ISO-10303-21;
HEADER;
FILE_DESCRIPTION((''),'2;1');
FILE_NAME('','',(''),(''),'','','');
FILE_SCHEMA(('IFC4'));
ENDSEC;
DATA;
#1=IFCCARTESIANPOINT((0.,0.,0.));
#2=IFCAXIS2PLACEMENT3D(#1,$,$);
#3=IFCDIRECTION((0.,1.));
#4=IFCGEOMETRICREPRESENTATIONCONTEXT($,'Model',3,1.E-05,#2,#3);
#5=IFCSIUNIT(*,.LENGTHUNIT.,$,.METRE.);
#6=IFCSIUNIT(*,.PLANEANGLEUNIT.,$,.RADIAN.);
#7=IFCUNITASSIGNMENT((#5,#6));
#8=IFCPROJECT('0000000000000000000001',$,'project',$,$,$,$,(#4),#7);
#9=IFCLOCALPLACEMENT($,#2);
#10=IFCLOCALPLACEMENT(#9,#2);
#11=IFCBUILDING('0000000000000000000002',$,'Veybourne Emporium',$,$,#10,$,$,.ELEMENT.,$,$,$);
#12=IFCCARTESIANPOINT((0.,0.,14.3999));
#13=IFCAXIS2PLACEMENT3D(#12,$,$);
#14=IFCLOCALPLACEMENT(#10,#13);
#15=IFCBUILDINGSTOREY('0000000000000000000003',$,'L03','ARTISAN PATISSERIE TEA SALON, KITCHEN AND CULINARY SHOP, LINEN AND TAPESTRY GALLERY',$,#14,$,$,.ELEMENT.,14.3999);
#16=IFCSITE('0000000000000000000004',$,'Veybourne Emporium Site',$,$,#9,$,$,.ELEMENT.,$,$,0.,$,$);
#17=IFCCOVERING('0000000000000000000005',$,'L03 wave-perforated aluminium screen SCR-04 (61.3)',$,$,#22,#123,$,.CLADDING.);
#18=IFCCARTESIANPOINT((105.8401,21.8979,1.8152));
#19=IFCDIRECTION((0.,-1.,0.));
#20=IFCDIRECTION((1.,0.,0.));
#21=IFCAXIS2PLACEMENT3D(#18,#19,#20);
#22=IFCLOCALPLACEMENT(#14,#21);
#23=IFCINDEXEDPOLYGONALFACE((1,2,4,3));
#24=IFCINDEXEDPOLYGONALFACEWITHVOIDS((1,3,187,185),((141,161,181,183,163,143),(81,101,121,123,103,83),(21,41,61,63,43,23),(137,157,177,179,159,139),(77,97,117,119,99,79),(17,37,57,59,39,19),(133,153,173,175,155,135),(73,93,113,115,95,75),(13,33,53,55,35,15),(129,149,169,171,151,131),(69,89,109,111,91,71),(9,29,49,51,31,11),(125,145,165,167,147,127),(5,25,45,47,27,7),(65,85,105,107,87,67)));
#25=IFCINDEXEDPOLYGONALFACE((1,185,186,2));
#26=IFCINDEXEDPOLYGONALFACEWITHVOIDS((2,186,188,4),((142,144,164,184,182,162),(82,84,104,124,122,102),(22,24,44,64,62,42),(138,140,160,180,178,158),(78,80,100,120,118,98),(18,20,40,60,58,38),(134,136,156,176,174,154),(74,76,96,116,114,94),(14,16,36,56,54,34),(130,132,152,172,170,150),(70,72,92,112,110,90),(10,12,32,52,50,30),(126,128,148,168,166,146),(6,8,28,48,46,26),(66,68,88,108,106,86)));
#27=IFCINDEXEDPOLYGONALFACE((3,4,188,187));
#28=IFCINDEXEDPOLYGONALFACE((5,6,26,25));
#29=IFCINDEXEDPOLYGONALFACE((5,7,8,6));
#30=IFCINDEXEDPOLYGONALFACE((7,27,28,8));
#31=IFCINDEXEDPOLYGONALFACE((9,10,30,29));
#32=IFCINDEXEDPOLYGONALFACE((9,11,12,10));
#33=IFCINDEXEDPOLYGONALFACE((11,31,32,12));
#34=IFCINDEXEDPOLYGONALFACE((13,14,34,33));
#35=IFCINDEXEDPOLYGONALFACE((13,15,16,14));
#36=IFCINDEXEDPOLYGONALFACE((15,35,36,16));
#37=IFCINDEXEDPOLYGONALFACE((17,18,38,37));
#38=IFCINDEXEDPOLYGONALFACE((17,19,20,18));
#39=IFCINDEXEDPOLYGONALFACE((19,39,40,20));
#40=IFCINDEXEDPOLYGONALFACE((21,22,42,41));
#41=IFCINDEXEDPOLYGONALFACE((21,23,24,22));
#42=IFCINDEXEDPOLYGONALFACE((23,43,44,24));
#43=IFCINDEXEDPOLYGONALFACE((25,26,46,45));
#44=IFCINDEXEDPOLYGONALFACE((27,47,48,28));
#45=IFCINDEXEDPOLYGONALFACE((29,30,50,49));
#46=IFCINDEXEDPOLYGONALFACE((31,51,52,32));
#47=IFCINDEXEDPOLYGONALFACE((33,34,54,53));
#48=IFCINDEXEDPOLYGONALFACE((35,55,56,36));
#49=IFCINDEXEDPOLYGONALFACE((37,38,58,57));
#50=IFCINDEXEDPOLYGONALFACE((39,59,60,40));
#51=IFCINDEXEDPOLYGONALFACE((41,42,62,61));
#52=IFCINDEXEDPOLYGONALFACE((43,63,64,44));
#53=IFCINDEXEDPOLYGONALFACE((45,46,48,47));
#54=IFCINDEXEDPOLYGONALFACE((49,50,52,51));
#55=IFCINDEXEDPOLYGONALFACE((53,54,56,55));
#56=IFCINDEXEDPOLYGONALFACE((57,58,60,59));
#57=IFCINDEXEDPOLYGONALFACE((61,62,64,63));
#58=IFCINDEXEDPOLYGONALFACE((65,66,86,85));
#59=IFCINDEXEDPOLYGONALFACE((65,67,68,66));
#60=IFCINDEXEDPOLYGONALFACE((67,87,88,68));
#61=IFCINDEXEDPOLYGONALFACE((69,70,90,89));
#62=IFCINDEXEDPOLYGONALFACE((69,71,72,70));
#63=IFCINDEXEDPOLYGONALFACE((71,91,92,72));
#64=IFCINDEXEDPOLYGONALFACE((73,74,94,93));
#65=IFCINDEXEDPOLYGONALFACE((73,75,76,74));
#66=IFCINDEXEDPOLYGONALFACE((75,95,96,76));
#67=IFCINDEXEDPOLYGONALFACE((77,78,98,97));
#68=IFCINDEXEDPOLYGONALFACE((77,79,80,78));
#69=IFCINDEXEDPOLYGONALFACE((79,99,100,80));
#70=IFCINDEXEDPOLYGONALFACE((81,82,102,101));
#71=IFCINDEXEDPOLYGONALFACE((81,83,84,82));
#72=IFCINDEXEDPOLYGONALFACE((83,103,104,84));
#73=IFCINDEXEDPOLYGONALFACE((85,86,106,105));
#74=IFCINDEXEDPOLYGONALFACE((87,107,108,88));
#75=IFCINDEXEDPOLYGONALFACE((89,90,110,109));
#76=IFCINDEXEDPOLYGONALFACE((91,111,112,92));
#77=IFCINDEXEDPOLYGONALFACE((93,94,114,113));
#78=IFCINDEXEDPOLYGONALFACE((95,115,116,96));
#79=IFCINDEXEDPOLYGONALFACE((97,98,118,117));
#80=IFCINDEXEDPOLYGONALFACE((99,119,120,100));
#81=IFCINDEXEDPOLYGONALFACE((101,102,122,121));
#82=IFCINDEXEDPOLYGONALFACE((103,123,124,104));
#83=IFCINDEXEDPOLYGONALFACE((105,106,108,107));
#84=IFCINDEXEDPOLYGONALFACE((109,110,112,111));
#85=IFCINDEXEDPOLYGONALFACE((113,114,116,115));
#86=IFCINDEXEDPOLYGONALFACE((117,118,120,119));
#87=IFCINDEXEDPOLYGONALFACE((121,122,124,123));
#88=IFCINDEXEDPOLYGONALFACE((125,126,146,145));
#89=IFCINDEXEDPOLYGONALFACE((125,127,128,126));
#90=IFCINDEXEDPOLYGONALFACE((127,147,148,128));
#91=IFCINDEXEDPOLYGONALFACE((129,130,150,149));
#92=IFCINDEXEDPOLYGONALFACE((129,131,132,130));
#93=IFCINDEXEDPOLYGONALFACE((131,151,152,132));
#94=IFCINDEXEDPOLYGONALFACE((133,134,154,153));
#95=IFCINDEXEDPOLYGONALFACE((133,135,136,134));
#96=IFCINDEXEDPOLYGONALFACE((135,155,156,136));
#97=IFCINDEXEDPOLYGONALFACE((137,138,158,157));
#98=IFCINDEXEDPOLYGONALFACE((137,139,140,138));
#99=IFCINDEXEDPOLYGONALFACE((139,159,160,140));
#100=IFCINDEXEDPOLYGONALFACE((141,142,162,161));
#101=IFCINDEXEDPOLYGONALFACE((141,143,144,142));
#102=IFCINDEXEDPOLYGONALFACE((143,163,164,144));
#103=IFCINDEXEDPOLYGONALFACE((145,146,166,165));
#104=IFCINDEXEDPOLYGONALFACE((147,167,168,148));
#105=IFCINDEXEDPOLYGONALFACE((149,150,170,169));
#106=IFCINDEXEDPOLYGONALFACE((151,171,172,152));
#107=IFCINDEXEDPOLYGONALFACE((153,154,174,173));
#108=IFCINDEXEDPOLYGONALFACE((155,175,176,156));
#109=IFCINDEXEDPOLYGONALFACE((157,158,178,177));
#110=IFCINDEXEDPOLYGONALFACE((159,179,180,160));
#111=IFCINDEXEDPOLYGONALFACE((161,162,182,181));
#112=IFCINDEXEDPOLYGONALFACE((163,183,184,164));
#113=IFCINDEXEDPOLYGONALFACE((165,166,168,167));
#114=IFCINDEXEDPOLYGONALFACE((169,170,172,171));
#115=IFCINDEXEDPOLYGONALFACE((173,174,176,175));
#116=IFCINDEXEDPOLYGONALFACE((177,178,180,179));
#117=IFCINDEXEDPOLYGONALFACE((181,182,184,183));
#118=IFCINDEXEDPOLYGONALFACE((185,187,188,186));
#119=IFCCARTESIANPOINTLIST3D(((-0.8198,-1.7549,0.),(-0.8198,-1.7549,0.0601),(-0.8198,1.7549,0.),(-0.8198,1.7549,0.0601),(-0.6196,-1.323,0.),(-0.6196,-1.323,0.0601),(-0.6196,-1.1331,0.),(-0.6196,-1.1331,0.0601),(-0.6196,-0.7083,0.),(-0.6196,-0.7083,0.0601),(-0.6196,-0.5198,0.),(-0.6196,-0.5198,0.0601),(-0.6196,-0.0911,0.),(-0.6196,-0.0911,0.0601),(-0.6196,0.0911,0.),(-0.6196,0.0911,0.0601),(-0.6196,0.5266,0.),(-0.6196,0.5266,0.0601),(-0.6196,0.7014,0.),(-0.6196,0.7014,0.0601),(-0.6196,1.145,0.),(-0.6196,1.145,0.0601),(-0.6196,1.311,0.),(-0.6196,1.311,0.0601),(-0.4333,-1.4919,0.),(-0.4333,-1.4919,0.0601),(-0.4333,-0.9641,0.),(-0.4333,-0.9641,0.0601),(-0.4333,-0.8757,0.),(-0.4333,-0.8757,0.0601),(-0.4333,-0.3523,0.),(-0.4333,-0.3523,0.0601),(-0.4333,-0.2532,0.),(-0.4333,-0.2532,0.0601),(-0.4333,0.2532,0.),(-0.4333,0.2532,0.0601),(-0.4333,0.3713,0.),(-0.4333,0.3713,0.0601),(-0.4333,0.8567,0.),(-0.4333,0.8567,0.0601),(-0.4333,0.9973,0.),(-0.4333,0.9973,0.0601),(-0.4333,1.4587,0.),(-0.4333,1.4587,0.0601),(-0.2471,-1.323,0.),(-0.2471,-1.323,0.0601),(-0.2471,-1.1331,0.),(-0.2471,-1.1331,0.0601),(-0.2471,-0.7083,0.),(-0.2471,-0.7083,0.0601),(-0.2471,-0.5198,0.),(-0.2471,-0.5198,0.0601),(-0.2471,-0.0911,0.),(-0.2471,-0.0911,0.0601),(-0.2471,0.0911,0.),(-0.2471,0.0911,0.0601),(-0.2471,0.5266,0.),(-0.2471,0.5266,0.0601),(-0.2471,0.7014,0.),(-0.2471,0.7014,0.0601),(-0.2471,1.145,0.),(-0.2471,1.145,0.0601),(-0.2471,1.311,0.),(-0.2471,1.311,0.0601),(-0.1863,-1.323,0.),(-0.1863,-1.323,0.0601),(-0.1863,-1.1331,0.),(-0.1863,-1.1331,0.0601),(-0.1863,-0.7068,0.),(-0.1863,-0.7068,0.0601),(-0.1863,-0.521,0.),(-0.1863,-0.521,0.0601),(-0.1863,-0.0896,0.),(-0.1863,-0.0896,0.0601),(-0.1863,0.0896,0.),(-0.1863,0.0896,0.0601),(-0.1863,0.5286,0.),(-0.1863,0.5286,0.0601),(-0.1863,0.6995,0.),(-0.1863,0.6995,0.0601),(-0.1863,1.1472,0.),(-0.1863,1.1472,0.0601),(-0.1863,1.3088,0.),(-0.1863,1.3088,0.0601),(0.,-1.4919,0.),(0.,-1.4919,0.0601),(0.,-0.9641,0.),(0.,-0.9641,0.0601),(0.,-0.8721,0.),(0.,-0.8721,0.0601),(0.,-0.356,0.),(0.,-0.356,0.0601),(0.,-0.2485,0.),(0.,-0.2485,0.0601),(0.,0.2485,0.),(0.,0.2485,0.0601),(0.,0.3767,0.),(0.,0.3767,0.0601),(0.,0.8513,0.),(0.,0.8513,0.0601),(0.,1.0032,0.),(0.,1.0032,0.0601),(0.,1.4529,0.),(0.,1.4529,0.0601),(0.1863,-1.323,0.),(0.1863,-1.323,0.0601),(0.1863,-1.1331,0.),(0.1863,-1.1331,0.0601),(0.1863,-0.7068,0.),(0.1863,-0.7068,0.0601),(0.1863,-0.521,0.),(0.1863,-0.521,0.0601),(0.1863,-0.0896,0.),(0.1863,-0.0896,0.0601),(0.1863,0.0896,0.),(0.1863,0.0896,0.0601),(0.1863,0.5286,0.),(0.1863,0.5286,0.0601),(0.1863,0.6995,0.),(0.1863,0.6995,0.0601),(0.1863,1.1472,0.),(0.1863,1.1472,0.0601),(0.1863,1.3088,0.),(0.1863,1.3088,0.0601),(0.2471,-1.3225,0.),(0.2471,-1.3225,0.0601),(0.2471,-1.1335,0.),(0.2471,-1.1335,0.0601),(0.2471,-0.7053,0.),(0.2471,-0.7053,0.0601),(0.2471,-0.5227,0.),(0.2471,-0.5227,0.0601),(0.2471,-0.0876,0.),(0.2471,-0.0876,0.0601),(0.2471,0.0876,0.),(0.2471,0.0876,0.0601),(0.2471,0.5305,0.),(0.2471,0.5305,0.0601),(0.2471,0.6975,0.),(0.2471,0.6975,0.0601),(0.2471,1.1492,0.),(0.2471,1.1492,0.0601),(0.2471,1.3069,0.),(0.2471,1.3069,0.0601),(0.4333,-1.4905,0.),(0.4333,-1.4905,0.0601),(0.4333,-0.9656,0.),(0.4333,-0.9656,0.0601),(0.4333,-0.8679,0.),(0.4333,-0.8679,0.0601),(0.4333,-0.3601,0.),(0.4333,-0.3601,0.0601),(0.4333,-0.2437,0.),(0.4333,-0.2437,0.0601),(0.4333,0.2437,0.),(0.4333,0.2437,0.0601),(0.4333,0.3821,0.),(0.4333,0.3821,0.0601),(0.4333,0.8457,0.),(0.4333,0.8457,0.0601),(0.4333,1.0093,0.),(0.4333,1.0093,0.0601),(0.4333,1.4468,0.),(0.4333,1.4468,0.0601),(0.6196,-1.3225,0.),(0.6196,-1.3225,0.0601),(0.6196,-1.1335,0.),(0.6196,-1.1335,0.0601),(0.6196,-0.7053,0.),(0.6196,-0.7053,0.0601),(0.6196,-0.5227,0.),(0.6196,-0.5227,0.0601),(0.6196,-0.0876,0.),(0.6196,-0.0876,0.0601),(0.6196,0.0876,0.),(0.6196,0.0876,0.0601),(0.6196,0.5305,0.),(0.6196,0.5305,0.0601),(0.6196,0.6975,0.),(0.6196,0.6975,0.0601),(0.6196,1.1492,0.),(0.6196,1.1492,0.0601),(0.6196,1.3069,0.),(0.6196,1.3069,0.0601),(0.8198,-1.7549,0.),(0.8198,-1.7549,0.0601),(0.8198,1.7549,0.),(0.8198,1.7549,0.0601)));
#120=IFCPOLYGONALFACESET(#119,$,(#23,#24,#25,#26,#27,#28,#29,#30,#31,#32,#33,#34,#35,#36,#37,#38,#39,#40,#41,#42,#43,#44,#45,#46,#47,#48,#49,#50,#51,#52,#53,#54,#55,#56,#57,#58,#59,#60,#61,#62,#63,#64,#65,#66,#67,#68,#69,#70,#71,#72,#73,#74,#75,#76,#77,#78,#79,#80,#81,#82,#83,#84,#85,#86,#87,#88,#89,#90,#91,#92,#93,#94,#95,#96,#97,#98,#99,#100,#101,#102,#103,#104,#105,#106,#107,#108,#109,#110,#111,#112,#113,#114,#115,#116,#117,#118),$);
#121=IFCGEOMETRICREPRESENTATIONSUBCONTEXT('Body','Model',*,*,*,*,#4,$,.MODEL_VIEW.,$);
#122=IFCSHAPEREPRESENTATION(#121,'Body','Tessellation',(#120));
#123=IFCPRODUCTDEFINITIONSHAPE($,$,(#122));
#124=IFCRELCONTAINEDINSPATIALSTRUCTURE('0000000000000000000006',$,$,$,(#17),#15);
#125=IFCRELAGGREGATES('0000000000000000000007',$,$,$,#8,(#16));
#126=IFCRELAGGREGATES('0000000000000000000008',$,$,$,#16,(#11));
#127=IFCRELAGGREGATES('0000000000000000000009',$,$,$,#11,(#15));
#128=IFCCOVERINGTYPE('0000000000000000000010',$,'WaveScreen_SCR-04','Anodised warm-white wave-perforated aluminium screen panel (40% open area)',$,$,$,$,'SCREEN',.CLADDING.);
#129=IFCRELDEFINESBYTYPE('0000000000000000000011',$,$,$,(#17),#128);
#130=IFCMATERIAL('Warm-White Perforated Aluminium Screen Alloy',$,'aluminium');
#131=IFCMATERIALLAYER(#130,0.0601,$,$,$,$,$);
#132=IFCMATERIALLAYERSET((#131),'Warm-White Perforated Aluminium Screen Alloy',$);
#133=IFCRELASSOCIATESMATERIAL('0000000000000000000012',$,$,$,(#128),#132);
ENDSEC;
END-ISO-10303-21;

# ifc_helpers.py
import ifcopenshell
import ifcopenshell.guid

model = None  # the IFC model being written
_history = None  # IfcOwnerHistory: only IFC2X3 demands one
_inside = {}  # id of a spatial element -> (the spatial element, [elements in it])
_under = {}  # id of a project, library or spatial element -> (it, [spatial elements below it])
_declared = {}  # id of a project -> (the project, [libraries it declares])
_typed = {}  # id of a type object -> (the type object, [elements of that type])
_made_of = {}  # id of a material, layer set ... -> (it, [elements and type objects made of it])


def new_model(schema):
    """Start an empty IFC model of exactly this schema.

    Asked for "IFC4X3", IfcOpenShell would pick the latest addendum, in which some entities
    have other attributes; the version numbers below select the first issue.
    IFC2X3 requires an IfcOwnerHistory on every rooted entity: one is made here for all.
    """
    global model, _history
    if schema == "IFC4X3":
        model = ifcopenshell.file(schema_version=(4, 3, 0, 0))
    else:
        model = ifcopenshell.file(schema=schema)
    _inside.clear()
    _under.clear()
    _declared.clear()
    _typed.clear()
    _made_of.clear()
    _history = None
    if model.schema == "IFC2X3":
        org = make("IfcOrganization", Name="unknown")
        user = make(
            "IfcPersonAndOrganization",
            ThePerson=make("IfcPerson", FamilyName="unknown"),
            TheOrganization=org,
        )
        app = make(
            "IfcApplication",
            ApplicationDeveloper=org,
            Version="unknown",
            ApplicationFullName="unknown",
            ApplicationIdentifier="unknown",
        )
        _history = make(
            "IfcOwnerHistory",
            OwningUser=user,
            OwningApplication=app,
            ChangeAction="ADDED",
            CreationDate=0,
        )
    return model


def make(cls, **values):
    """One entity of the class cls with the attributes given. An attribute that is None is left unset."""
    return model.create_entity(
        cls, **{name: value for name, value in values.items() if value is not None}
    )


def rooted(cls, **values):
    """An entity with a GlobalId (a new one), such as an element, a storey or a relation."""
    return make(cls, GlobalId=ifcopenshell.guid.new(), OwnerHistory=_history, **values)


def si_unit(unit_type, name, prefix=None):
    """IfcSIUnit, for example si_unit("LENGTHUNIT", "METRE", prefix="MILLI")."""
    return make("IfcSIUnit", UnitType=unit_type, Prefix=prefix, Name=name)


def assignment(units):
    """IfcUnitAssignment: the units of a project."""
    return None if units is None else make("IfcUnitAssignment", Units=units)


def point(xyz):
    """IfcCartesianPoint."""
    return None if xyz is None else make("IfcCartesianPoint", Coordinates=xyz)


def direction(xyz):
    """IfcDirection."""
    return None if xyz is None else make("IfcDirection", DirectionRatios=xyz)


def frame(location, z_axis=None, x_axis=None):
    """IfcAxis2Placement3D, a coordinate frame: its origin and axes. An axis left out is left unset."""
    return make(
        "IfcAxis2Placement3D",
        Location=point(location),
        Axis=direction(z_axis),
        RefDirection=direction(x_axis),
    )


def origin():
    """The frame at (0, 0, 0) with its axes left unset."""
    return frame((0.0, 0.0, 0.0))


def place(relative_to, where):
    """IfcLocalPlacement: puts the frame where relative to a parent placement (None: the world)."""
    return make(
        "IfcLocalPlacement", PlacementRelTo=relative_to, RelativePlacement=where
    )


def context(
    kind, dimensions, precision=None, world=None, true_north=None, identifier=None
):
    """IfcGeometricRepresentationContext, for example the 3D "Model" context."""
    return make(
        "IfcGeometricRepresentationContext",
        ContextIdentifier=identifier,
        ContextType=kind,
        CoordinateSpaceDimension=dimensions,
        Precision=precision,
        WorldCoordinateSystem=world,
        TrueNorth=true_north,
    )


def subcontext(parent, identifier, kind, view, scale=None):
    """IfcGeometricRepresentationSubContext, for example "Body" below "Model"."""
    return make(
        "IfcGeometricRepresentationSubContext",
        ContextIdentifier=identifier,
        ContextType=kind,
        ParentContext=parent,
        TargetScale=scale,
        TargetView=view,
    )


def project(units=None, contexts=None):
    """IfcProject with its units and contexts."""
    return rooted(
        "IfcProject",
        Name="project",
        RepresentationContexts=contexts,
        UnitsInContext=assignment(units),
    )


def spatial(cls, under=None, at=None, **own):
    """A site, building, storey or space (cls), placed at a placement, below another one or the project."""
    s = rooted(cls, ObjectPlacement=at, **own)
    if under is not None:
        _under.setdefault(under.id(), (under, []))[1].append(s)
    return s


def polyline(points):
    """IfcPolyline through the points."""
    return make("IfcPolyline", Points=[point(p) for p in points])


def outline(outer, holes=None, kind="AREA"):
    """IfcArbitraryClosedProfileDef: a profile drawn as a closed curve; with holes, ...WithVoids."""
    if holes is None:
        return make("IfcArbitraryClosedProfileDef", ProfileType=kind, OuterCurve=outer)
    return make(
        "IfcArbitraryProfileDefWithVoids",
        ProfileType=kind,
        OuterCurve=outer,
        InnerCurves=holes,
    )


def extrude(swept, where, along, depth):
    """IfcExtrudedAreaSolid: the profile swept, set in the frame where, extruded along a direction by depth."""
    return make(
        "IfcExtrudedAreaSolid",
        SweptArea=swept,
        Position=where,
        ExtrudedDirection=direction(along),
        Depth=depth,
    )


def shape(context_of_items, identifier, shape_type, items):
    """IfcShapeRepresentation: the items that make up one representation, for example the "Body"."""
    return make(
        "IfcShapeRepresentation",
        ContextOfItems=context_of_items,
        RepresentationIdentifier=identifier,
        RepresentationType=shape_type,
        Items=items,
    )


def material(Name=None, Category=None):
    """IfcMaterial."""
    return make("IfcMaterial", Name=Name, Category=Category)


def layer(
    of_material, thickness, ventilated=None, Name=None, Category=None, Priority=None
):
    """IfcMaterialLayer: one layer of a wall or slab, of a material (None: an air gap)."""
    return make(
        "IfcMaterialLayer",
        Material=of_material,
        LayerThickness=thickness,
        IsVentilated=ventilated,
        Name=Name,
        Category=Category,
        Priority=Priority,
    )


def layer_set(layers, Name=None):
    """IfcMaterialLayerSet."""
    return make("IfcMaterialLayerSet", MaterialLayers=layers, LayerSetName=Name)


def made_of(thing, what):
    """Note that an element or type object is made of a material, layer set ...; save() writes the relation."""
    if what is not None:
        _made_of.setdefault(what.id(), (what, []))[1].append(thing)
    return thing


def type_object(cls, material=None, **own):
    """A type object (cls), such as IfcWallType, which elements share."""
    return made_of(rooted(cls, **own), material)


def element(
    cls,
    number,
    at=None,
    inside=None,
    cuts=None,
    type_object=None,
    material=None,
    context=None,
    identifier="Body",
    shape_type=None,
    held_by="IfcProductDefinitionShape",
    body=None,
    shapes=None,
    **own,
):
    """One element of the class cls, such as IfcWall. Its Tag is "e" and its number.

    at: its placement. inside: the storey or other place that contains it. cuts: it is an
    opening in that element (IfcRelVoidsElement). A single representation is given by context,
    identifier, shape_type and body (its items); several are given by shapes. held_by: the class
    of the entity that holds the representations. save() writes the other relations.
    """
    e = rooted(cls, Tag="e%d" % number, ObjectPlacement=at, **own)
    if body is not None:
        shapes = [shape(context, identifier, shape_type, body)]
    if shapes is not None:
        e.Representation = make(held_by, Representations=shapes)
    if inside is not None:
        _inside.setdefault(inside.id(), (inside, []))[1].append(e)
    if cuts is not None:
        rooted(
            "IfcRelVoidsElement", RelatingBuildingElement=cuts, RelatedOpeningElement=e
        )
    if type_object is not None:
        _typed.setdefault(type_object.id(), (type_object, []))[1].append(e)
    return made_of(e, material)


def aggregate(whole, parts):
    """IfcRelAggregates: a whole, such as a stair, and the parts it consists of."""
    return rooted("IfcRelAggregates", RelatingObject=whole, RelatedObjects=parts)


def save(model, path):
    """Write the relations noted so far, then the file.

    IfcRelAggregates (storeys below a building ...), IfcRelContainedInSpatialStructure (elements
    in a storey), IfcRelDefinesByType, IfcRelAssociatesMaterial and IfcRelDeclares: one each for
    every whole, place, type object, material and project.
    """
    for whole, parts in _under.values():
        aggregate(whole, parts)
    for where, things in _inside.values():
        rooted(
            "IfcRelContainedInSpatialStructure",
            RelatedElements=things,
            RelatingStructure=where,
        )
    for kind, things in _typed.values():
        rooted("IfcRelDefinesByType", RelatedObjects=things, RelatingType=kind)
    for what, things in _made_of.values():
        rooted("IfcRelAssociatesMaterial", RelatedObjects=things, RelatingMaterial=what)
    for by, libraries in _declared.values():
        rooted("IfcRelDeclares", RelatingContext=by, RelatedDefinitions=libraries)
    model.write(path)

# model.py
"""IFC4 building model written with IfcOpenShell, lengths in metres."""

from ifc_helpers import new_model, si_unit, direction, frame, origin, place, context, subcontext, project, spatial, polyline, outline, extrude, material, layer, layer_set, type_object, element, save


model = new_model("IFC4")

# Units and contexts
model_context = context("Model", 3, precision=1e-05, world=origin(), true_north=direction((0.0, 1.0)))
body_context = subcontext(model_context, "Body", "Model", "MODEL_VIEW")
ifc_project = project(units=[si_unit("LENGTHUNIT", "METRE"), si_unit("PLANEANGLEUNIT", "RADIAN")], contexts=[model_context])

# Site, building, storey
site_placement = place(None, origin())
site = spatial("IfcSite", under=ifc_project, at=site_placement, Name="Veybourne Emporium Site", CompositionType="ELEMENT", RefElevation=0.0)
building_placement = place(site_placement, origin())
building = spatial("IfcBuilding", under=site, at=building_placement, Name="Veybourne Emporium", CompositionType="ELEMENT")
storey_placement = place(building_placement, frame((0.0, 0.0, 14.3999)))
storey = spatial("IfcBuildingStorey", under=building, at=storey_placement, Name="L03", Description="ARTISAN PATISSERIE TEA SALON, KITCHEN AND CULINARY SHOP, LINEN AND TAPESTRY GALLERY", CompositionType="ELEMENT", Elevation=14.3999)

# Covering
ifc_material_1 = material(Name="Warm-White Perforated Aluminium Screen Alloy", Category="aluminium")
ifc_layer_1 = layer(ifc_material_1, 0.0601)
ifc_layer_set_1 = layer_set([ifc_layer_1], Name="Warm-White Perforated Aluminium Screen Alloy")
covering_type_1 = type_object("IfcCoveringType", Name="WaveScreen_SCR-04", Description="Anodised warm-white wave-perforated aluminium screen panel (40% open area)", ElementType="SCREEN", PredefinedType="CLADDING", material=ifc_layer_set_1)
covering_1_placement = place(storey_placement, frame((105.8401, 21.8979, 1.8152), z_axis=(0.0, -1.0, 0.0), x_axis=(1.0, 0.0, 0.0)))
element("IfcCovering", 1, at=covering_1_placement, inside=storey, type_object=covering_type_1, Name="L03 wave-perforated aluminium screen SCR-04 (61.3)", PredefinedType="CLADDING", context=body_context, shape_type="SweptSolid", body=[
    extrude(outline(polyline([(-0.8198, -1.7549), (0.8198, -1.7549), (0.8198, 1.7549), (-0.8198, 1.7549), (-0.8198, -1.7549)]), holes=[polyline([(-0.4333, -0.9641), (-0.2471, -1.1331), (-0.2471, -1.323), (-0.4333, -1.4919), (-0.6196, -1.323), (-0.6196, -1.1331), (-0.4333, -0.9641)]), polyline([(-0.4333, -0.3523), (-0.2471, -0.5198), (-0.2471, -0.7083), (-0.4333, -0.8757), (-0.6196, -0.7083), (-0.6196, -0.5198), (-0.4333, -0.3523)]), polyline([(-0.4333, 0.2532), (-0.2471, 0.0911), (-0.2471, -0.0911), (-0.4333, -0.2532), (-0.6196, -0.0911), (-0.6196, 0.0911), (-0.4333, 0.2532)]), polyline([(-0.4333, 0.8567), (-0.2471, 0.7014), (-0.2471, 0.5266), (-0.4333, 0.3713), (-0.6196, 0.5266), (-0.6196, 0.7014), (-0.4333, 0.8567)]), polyline([(-0.4333, 1.4587), (-0.2471, 1.311), (-0.2471, 1.145), (-0.4333, 0.9973), (-0.6196, 1.145), (-0.6196, 1.311), (-0.4333, 1.4587)]), polyline([(0.0, -0.9641), (0.1863, -1.1331), (0.1863, -1.323), (0.0, -1.4919), (-0.1863, -1.323), (-0.1863, -1.1331), (0.0, -0.9641)]), polyline([(0.0, -0.356), (0.1863, -0.521), (0.1863, -0.7068), (0.0, -0.8721), (-0.1863, -0.7068), (-0.1863, -0.521), (0.0, -0.356)]), polyline([(0.0, 0.2485), (0.1863, 0.0896), (0.1863, -0.0896), (0.0, -0.2485), (-0.1863, -0.0896), (-0.1863, 0.0896), (0.0, 0.2485)]), polyline([(0.0, 0.8513), (0.1863, 0.6995), (0.1863, 0.5286), (0.0, 0.3767), (-0.1863, 0.5286), (-0.1863, 0.6995), (0.0, 0.8513)]), polyline([(0.0, 1.4529), (0.1863, 1.3088), (0.1863, 1.1472), (0.0, 1.0032), (-0.1863, 1.1472), (-0.1863, 1.3088), (0.0, 1.4529)]), polyline([(0.4333, -0.9656), (0.6196, -1.1335), (0.6196, -1.3225), (0.4333, -1.4905), (0.2471, -1.3225), (0.2471, -1.1335), (0.4333, -0.9656)]), polyline([(0.4333, -0.3601), (0.6196, -0.5227), (0.6196, -0.7053), (0.4333, -0.8679), (0.2471, -0.7053), (0.2471, -0.5227), (0.4333, -0.3601)]), polyline([(0.4333, 0.2437), (0.6196, 0.0876), (0.6196, -0.0876), (0.4333, -0.2437), (0.2471, -0.0876), (0.2471, 0.0876), (0.4333, 0.2437)]), polyline([(0.4333, 0.8457), (0.6196, 0.6975), (0.6196, 0.5305), (0.4333, 0.3821), (0.2471, 0.5305), (0.2471, 0.6975), (0.4333, 0.8457)]), polyline([(0.4333, 1.4468), (0.6196, 1.3069), (0.6196, 1.1492), (0.4333, 1.0093), (0.2471, 1.1492), (0.2471, 1.3069), (0.4333, 1.4468)])]), origin(), (0.0, 0.0, 1.0), 0.0601),
])

save(model, "model.ifc")
